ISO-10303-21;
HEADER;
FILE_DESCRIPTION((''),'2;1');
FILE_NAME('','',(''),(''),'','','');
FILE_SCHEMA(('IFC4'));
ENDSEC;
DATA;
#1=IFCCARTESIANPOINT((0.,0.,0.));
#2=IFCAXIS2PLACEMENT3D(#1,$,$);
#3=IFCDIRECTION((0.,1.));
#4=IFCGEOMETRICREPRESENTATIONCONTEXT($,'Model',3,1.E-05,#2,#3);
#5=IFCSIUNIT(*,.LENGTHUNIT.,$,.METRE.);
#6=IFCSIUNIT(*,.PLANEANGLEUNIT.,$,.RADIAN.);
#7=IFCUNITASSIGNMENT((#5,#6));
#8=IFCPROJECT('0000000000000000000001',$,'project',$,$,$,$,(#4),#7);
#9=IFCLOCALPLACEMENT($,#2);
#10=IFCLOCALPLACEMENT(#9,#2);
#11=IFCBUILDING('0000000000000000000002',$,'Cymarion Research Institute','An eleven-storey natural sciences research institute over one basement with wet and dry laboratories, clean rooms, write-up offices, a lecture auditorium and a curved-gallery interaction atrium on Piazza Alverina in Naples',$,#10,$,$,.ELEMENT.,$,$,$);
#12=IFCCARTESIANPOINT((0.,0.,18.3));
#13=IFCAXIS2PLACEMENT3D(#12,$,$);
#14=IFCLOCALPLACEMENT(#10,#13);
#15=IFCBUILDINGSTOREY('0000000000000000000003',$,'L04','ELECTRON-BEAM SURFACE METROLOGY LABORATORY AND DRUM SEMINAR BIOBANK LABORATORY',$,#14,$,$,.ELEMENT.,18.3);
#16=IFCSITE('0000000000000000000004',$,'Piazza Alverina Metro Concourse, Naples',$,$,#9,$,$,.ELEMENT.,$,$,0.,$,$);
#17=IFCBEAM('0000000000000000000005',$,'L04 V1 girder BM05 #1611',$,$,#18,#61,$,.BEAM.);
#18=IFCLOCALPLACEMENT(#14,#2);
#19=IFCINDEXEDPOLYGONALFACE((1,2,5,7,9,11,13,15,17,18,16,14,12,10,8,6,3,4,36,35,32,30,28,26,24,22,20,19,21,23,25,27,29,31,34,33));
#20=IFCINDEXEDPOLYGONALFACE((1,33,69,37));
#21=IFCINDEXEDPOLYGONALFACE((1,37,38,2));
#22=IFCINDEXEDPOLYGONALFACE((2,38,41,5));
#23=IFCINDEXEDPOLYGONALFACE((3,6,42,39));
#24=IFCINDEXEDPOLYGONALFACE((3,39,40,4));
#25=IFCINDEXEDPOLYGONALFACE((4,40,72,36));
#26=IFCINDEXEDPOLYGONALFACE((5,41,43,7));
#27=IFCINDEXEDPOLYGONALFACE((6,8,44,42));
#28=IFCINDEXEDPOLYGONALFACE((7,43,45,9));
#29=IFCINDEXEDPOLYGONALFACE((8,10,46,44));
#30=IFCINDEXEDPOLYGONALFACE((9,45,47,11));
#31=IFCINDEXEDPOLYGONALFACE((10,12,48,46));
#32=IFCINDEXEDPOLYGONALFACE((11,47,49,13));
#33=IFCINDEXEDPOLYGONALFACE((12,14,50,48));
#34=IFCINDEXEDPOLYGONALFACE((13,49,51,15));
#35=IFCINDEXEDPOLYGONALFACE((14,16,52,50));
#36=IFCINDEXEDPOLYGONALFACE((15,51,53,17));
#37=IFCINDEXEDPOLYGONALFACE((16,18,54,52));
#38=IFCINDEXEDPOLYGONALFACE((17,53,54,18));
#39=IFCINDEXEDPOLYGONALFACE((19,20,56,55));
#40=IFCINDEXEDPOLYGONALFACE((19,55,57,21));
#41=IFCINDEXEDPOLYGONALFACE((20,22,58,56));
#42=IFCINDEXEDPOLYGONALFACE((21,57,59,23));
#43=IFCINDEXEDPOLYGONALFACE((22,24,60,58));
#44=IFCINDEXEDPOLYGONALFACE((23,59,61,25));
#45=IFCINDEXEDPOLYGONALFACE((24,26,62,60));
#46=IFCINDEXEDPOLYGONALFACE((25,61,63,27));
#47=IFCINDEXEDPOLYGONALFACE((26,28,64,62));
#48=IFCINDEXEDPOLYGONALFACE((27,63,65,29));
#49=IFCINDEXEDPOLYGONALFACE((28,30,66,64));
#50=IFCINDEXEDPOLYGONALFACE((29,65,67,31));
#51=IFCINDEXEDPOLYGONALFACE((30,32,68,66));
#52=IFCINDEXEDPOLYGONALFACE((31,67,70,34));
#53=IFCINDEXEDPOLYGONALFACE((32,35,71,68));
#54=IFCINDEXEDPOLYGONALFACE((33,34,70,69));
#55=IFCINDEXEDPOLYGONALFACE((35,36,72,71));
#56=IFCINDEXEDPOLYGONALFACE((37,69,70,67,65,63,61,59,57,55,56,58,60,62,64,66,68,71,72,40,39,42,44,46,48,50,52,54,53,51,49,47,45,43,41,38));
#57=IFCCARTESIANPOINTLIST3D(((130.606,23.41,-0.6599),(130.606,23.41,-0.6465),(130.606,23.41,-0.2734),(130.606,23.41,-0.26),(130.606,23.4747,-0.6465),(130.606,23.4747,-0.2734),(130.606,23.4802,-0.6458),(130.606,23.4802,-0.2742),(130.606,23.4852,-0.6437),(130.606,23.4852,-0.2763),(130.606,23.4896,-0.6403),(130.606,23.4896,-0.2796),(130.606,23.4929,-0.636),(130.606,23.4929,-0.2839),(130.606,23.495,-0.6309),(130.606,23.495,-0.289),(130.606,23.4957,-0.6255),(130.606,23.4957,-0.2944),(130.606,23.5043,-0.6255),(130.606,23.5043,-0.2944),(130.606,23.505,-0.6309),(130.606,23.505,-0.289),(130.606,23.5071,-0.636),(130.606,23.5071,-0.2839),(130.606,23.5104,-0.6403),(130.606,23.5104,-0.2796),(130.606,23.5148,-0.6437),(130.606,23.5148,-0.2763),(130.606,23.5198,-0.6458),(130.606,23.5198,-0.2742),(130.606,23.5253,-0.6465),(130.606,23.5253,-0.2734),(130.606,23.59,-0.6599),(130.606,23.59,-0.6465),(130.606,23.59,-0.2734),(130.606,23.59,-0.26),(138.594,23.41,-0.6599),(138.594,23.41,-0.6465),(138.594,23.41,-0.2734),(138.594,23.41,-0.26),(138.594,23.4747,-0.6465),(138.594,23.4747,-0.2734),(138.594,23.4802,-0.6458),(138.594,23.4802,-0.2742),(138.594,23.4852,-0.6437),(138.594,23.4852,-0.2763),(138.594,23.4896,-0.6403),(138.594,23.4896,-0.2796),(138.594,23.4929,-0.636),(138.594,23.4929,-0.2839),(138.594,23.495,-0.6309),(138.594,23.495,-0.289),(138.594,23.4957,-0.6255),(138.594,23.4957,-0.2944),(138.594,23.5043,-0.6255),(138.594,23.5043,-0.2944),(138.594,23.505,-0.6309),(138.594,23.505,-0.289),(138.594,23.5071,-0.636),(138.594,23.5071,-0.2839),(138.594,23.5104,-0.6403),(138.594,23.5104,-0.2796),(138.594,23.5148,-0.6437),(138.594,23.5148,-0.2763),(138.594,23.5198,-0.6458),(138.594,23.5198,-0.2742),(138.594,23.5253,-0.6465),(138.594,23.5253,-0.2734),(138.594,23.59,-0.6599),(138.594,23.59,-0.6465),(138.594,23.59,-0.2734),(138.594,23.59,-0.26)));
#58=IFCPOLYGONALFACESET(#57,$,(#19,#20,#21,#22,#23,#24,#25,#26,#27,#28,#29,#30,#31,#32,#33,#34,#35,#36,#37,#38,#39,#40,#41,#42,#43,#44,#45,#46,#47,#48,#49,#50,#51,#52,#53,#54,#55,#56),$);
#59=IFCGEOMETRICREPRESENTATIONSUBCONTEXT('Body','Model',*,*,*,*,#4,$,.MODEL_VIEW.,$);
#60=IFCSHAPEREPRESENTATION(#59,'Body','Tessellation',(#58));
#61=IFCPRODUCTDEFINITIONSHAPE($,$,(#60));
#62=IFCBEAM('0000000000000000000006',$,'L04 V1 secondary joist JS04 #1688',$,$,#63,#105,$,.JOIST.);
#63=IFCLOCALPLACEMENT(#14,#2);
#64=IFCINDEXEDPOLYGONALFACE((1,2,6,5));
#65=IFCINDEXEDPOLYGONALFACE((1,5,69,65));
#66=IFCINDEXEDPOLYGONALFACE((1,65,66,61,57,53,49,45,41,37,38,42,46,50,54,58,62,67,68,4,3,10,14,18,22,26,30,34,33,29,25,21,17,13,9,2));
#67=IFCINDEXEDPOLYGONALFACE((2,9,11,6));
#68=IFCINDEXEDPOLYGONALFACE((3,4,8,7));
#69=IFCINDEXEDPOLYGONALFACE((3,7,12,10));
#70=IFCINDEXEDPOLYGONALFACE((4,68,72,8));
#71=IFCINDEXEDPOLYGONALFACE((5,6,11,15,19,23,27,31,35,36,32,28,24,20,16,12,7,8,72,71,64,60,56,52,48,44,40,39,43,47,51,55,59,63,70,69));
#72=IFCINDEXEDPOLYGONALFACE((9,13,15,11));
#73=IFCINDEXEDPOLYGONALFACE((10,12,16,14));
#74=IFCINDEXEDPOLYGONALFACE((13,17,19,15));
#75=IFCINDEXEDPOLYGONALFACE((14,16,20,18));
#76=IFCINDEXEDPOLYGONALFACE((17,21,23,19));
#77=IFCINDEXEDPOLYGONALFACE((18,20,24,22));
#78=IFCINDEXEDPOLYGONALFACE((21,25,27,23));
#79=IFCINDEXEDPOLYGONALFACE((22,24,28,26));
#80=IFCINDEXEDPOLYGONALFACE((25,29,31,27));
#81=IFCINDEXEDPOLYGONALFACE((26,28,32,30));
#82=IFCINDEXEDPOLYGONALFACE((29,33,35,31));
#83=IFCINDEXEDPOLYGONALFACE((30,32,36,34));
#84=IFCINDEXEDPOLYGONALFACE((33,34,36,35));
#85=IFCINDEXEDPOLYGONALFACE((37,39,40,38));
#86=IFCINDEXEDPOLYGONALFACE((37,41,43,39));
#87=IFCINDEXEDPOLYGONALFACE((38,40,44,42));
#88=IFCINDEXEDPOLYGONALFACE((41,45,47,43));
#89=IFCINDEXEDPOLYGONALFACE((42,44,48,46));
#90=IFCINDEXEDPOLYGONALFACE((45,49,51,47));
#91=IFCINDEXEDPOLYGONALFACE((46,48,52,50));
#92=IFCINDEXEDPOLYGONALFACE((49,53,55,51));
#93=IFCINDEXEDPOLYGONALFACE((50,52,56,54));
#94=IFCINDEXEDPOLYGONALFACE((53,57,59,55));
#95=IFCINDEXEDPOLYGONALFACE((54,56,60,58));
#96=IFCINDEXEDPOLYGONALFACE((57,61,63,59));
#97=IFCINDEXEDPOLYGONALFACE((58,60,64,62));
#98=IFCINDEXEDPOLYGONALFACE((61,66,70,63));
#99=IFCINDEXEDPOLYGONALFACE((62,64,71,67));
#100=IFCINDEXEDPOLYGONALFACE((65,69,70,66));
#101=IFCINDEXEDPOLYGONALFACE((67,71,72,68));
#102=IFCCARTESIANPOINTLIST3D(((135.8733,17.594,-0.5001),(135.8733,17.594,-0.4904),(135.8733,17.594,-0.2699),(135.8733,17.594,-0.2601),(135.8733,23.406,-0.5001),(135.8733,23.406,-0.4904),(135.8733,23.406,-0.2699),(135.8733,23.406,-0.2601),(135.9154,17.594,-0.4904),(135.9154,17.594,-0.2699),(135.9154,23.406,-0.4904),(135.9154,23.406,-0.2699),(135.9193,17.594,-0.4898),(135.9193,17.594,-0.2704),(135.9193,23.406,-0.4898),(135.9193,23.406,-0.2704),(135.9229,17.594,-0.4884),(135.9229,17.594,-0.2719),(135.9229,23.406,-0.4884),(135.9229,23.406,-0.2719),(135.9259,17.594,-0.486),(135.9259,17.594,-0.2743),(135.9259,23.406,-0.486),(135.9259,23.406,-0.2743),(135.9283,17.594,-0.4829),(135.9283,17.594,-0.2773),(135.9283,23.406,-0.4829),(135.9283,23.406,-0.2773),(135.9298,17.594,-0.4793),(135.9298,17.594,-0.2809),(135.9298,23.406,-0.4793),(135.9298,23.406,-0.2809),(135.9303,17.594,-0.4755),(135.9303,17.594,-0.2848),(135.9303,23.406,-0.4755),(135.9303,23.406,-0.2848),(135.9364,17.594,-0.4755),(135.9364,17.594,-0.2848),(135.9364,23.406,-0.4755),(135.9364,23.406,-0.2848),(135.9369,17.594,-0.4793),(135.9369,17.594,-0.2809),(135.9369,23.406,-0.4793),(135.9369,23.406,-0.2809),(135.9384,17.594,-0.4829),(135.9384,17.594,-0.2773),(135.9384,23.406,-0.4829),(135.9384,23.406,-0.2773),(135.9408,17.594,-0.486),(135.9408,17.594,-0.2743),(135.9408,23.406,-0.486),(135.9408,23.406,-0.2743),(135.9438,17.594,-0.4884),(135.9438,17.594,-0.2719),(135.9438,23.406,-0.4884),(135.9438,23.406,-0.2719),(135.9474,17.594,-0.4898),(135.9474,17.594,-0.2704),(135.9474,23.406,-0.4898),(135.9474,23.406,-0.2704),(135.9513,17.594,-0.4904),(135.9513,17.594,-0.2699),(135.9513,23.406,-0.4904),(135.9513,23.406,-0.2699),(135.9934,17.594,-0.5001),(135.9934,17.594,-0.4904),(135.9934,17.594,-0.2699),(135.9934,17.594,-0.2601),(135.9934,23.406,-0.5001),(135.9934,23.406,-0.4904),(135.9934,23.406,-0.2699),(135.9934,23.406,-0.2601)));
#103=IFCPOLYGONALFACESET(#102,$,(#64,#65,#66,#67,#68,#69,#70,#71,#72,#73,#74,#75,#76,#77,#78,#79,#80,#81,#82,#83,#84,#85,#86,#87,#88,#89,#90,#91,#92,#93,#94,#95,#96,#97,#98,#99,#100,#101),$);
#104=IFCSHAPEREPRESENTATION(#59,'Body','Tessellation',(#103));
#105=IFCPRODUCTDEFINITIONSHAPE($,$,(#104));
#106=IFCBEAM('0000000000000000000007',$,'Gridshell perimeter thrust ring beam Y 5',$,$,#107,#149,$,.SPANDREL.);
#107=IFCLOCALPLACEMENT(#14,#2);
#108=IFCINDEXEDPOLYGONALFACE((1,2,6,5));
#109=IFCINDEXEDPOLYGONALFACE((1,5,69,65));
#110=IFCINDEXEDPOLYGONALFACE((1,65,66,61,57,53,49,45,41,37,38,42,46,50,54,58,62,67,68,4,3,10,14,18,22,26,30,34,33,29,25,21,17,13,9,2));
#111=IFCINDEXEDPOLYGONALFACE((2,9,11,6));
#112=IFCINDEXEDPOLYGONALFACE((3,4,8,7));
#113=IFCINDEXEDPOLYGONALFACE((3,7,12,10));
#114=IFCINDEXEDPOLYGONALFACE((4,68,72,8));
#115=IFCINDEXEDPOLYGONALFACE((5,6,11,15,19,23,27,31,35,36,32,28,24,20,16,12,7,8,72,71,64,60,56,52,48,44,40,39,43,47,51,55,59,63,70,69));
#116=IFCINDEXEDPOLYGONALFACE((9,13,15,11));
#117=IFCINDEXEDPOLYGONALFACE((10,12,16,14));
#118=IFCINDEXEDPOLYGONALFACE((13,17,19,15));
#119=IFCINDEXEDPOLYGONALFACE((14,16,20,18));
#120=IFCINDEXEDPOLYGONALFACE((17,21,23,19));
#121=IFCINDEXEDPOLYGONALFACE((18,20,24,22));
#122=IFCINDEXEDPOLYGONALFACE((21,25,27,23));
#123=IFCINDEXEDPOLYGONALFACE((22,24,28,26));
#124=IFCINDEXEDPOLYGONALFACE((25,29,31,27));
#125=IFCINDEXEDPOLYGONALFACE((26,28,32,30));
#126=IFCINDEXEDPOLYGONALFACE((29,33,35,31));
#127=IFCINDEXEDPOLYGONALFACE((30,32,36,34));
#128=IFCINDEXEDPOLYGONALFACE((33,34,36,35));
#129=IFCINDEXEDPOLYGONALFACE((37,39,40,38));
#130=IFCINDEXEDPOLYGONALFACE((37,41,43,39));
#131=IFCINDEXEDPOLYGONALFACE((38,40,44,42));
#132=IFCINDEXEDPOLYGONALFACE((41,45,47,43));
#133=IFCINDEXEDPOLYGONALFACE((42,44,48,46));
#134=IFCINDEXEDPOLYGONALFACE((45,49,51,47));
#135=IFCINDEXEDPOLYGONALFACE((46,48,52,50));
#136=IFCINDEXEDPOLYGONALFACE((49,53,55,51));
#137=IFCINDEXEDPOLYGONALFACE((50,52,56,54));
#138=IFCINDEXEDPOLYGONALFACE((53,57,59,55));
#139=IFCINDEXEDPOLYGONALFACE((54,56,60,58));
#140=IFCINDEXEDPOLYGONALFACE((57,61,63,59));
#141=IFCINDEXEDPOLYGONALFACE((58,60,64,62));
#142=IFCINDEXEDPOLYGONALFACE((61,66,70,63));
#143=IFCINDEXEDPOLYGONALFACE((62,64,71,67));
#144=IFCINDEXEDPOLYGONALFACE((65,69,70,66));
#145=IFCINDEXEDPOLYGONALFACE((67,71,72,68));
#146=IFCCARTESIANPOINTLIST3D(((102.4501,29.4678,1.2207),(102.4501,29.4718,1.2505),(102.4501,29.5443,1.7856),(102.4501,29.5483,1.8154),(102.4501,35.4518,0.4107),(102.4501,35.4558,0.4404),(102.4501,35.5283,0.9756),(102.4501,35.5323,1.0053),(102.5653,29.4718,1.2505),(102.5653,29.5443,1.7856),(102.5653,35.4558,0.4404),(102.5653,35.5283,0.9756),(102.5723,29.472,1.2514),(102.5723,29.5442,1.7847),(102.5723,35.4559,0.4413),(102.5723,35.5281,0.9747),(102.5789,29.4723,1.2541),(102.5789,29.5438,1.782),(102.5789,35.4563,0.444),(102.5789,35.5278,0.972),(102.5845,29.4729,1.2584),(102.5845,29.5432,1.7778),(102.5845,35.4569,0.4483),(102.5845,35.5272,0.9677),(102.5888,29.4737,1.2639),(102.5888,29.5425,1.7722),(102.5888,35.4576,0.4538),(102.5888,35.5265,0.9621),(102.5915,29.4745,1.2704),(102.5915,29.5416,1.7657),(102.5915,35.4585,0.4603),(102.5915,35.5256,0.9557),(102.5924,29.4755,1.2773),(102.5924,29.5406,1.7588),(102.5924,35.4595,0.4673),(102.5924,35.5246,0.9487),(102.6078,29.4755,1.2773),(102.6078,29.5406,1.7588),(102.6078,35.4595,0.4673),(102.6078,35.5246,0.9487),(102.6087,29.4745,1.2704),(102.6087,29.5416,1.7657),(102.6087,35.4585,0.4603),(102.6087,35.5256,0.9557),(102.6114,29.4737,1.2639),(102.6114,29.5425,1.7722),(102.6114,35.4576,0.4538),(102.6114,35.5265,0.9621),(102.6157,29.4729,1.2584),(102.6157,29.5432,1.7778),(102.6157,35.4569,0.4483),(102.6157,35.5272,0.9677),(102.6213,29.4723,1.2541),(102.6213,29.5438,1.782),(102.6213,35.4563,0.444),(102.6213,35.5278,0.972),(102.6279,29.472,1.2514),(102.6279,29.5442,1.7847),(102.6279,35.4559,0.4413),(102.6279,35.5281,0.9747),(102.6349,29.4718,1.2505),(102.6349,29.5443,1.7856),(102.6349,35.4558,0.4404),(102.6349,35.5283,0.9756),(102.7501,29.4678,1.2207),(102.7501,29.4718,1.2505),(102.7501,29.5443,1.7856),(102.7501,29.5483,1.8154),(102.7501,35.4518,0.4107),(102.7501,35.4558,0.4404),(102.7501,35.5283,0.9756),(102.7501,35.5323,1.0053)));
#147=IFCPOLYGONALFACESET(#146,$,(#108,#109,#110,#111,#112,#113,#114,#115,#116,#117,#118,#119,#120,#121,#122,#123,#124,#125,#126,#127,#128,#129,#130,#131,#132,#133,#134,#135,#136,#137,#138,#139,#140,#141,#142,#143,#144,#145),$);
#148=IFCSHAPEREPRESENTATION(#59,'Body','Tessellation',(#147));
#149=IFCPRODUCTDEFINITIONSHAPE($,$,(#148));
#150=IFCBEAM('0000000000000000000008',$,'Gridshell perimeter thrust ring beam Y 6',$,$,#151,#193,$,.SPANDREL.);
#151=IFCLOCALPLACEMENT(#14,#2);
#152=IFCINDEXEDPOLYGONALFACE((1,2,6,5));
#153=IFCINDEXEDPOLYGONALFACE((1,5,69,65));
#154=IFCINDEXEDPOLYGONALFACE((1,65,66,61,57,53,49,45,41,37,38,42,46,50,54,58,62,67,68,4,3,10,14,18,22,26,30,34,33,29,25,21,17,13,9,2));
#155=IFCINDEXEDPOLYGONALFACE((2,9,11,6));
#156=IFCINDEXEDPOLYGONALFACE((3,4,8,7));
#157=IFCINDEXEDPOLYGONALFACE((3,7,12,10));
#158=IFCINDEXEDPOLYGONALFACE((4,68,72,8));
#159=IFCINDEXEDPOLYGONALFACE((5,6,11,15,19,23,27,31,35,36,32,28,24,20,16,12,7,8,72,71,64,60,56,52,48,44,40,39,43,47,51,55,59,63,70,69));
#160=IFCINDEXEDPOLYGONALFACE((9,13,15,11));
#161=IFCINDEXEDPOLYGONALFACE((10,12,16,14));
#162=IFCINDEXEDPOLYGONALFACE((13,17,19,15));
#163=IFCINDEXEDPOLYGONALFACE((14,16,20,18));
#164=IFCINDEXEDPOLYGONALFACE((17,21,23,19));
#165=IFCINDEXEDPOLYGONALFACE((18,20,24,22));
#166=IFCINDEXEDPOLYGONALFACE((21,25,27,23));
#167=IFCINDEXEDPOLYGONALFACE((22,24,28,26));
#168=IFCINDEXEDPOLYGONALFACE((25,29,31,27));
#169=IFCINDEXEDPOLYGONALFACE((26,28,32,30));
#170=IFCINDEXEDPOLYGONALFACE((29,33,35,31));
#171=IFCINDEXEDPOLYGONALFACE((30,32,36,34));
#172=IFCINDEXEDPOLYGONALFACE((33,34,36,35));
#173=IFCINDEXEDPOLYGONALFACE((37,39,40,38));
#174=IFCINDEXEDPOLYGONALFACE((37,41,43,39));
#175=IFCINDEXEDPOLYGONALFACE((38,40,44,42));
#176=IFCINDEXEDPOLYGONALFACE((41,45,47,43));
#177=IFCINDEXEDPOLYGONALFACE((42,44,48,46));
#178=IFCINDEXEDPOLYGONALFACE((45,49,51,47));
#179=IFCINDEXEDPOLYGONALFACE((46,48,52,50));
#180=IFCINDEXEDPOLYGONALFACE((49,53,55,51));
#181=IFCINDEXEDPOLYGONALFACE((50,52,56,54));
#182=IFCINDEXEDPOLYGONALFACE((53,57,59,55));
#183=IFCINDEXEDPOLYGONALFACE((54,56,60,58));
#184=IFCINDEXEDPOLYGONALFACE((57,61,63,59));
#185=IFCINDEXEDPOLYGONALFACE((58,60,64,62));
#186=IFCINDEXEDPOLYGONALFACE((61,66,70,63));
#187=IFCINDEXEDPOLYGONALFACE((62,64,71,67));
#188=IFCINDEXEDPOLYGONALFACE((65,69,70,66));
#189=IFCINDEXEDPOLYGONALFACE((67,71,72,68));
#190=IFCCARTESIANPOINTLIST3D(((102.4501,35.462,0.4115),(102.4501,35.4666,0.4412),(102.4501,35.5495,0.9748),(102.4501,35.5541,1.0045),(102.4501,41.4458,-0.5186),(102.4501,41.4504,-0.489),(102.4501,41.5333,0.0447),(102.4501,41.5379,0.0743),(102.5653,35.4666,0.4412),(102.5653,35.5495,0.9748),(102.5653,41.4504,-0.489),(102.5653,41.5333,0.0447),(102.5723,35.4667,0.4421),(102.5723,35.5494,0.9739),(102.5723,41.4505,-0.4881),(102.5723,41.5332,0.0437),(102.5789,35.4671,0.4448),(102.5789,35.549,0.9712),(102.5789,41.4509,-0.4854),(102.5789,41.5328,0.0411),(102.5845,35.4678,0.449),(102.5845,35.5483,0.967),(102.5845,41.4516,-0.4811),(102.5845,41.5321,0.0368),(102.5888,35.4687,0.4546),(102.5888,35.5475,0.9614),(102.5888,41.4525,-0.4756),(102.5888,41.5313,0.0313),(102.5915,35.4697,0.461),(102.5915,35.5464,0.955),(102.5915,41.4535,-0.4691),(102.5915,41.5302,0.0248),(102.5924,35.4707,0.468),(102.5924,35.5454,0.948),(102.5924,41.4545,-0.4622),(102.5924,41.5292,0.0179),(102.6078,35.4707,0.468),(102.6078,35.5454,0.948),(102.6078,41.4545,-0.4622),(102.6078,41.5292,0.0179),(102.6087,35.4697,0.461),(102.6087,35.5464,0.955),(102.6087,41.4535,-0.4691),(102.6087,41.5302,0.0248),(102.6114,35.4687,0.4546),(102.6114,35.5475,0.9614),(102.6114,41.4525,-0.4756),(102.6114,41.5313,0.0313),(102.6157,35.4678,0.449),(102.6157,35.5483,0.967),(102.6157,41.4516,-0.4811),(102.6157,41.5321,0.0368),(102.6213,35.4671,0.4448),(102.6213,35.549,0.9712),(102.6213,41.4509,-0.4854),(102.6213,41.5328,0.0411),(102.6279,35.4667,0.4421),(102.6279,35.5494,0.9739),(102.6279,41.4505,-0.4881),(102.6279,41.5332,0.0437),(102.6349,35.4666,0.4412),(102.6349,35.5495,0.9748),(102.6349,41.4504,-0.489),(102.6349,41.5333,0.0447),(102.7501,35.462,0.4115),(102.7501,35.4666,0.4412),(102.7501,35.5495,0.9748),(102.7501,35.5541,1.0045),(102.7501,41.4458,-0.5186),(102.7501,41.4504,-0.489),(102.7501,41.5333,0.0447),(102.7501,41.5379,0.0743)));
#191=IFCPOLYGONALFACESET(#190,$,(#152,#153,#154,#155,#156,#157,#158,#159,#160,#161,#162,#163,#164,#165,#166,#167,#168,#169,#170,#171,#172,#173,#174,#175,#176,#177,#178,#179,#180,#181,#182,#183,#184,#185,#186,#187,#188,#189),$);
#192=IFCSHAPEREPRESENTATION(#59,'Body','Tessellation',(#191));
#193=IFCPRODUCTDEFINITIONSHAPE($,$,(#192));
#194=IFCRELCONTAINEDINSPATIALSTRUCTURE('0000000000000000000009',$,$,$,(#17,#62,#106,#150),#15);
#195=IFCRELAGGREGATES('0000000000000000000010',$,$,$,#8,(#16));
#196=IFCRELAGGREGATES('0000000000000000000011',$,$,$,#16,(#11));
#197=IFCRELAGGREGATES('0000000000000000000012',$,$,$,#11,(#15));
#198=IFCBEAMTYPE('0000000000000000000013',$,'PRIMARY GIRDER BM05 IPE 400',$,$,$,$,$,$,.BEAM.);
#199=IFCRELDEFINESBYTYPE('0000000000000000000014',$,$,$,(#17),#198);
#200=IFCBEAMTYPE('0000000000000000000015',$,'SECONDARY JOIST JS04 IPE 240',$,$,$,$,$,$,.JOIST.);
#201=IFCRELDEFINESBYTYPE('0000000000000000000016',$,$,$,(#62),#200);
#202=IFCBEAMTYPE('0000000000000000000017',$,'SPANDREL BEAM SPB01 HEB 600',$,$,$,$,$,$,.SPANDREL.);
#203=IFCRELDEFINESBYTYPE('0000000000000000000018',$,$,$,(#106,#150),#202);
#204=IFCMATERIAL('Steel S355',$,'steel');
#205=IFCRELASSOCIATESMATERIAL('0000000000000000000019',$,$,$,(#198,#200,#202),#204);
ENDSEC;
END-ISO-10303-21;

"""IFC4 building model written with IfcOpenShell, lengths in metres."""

from ifc_helpers import new_model, si_unit, direction, frame, origin, origin_2d, place, context, subcontext, project, spatial, i_section, extrude, material, material_profile, profile_set, type_object, element, save


model = new_model("IFC4")

# Units and contexts
model_context = context("Model", 3, precision=1e-05, world=origin(), true_north=direction((0.0, 1.0)))
body_context = subcontext(model_context, "Body", "Model", "MODEL_VIEW")
ifc_project = project(units=[si_unit("LENGTHUNIT", "METRE"), si_unit("PLANEANGLEUNIT", "RADIAN")], contexts=[model_context])

# Site, building, storey
site_placement = place(None, origin())
site = spatial("IfcSite", under=ifc_project, at=site_placement, Name="Piazza Alverina Metro Concourse, Naples", CompositionType="ELEMENT", RefElevation=0.0)
building_placement = place(site_placement, origin())
building = spatial("IfcBuilding", under=site, at=building_placement, Name="Cymarion Research Institute", Description="An eleven-storey natural sciences research institute over one basement with wet and dry laboratories, clean rooms, write-up offices, a lecture auditorium and a curved-gallery interaction atrium on Piazza Alverina in Naples", CompositionType="ELEMENT")
storey_placement = place(building_placement, frame((0.0, 0.0, 18.3)))
storey = spatial("IfcBuildingStorey", under=building, at=storey_placement, Name="L04", Description="ELECTRON-BEAM SURFACE METROLOGY LABORATORY AND DRUM SEMINAR BIOBANK LABORATORY", CompositionType="ELEMENT", Elevation=18.3)

# Shared definitions
ifc_material_1 = material(Name="Steel S355", Category="steel")

# Beams
ifc_material_profile_1 = material_profile(ifc_material_1, i_section(OverallWidth=0.1799, OverallDepth=0.3999, WebThickness=0.0085, FlangeThickness=0.0134, FilletRadius=0.021, at=origin_2d()), Name="IPE 400")
ifc_profile_set_1 = profile_set([ifc_material_profile_1], Name="Steel S355")
beam_type_1 = type_object("IfcBeamType", Name="PRIMARY GIRDER BM05 IPE 400", PredefinedType="BEAM", material=ifc_profile_set_1)
for number, where, z_axis, x_axis, name in (
    (1, (130.606, 23.5, -0.46), (1.0, 0.0, 0.0), (0.0, 1.0, 0.0), "L04 V1 girder BM05 #1611"),
):
    element("IfcBeam", number, at=place(storey_placement, frame(where, z_axis=z_axis, x_axis=x_axis)), inside=storey, type_object=beam_type_1, Name=name, PredefinedType="BEAM", context=body_context, shape_type="SweptSolid", body=[
        extrude(i_section(OverallWidth=0.1799, OverallDepth=0.3999, WebThickness=0.0085, FlangeThickness=0.0134, FilletRadius=0.021, at=origin_2d()), origin(), (0.0, 0.0, 1.0), 7.988),
    ])
ifc_material_profile_2 = material_profile(ifc_material_1, i_section(OverallWidth=0.1201, OverallDepth=0.24, WebThickness=0.0061, FlangeThickness=0.0098, FilletRadius=0.0149, at=origin_2d()), Name="IPE 240")
ifc_profile_set_2 = profile_set([ifc_material_profile_2], Name="Steel S355")
beam_type_2 = type_object("IfcBeamType", Name="SECONDARY JOIST JS04 IPE 240", PredefinedType="JOIST", material=ifc_profile_set_2)
beam_1_placement = place(storey_placement, frame((135.9333, 17.594, -0.3801), z_axis=(0.0, 1.0, 0.0), x_axis=(-1.0, 0.0, 0.0)))
element("IfcBeam", 2, at=beam_1_placement, inside=storey, type_object=beam_type_2, Name="L04 V1 secondary joist JS04 #1688", PredefinedType="JOIST", context=body_context, shape_type="SweptSolid", body=[
    extrude(i_section(OverallWidth=0.1201, OverallDepth=0.24, WebThickness=0.0061, FlangeThickness=0.0098, FilletRadius=0.0149, at=origin_2d()), origin(), (0.0, 0.0, 1.0), 5.812),
])
ifc_material_profile_3 = material_profile(ifc_material_1, i_section(OverallWidth=0.3, OverallDepth=0.6001, WebThickness=0.0154, FlangeThickness=0.03, FilletRadius=0.0271, at=origin_2d()), Name="HEB 600")
ifc_profile_set_3 = profile_set([ifc_material_profile_3], Name="Steel S355")
beam_type_3 = type_object("IfcBeamType", Name="SPANDREL BEAM SPB01 HEB 600", PredefinedType="SPANDREL", material=ifc_profile_set_3)
beam_2_placement = place(storey_placement, frame((102.6001, 29.5081, 1.5181), z_axis=(0.0, 0.990961, -0.13415), x_axis=(-1.0, 0.0, 0.0)))
element("IfcBeam", 3, at=beam_2_placement, inside=storey, type_object=beam_type_3, Name="Gridshell perimeter thrust ring beam Y 5", PredefinedType="SPANDREL", context=body_context, shape_type="SweptSolid", body=[
    extrude(i_section(OverallWidth=0.3, OverallDepth=0.6001, WebThickness=0.0154, FlangeThickness=0.03, FilletRadius=0.0271, at=origin_2d()), origin(), (0.0, 0.0, 1.0), 6.0386),
])
beam_3_placement = place(storey_placement, frame((102.6001, 35.5081, 0.708), z_axis=(0.0, 0.988133, -0.153602), x_axis=(-1.0, 0.0, 0.0)))
element("IfcBeam", 4, at=beam_3_placement, inside=storey, type_object=beam_type_3, Name="Gridshell perimeter thrust ring beam Y 6", PredefinedType="SPANDREL", context=body_context, shape_type="SweptSolid", body=[
    extrude(i_section(OverallWidth=0.3, OverallDepth=0.6001, WebThickness=0.0154, FlangeThickness=0.03, FilletRadius=0.0271, at=origin_2d()), origin(), (0.0, 0.0, 1.0), 6.0557),
])

save(model, "model.ifc")
